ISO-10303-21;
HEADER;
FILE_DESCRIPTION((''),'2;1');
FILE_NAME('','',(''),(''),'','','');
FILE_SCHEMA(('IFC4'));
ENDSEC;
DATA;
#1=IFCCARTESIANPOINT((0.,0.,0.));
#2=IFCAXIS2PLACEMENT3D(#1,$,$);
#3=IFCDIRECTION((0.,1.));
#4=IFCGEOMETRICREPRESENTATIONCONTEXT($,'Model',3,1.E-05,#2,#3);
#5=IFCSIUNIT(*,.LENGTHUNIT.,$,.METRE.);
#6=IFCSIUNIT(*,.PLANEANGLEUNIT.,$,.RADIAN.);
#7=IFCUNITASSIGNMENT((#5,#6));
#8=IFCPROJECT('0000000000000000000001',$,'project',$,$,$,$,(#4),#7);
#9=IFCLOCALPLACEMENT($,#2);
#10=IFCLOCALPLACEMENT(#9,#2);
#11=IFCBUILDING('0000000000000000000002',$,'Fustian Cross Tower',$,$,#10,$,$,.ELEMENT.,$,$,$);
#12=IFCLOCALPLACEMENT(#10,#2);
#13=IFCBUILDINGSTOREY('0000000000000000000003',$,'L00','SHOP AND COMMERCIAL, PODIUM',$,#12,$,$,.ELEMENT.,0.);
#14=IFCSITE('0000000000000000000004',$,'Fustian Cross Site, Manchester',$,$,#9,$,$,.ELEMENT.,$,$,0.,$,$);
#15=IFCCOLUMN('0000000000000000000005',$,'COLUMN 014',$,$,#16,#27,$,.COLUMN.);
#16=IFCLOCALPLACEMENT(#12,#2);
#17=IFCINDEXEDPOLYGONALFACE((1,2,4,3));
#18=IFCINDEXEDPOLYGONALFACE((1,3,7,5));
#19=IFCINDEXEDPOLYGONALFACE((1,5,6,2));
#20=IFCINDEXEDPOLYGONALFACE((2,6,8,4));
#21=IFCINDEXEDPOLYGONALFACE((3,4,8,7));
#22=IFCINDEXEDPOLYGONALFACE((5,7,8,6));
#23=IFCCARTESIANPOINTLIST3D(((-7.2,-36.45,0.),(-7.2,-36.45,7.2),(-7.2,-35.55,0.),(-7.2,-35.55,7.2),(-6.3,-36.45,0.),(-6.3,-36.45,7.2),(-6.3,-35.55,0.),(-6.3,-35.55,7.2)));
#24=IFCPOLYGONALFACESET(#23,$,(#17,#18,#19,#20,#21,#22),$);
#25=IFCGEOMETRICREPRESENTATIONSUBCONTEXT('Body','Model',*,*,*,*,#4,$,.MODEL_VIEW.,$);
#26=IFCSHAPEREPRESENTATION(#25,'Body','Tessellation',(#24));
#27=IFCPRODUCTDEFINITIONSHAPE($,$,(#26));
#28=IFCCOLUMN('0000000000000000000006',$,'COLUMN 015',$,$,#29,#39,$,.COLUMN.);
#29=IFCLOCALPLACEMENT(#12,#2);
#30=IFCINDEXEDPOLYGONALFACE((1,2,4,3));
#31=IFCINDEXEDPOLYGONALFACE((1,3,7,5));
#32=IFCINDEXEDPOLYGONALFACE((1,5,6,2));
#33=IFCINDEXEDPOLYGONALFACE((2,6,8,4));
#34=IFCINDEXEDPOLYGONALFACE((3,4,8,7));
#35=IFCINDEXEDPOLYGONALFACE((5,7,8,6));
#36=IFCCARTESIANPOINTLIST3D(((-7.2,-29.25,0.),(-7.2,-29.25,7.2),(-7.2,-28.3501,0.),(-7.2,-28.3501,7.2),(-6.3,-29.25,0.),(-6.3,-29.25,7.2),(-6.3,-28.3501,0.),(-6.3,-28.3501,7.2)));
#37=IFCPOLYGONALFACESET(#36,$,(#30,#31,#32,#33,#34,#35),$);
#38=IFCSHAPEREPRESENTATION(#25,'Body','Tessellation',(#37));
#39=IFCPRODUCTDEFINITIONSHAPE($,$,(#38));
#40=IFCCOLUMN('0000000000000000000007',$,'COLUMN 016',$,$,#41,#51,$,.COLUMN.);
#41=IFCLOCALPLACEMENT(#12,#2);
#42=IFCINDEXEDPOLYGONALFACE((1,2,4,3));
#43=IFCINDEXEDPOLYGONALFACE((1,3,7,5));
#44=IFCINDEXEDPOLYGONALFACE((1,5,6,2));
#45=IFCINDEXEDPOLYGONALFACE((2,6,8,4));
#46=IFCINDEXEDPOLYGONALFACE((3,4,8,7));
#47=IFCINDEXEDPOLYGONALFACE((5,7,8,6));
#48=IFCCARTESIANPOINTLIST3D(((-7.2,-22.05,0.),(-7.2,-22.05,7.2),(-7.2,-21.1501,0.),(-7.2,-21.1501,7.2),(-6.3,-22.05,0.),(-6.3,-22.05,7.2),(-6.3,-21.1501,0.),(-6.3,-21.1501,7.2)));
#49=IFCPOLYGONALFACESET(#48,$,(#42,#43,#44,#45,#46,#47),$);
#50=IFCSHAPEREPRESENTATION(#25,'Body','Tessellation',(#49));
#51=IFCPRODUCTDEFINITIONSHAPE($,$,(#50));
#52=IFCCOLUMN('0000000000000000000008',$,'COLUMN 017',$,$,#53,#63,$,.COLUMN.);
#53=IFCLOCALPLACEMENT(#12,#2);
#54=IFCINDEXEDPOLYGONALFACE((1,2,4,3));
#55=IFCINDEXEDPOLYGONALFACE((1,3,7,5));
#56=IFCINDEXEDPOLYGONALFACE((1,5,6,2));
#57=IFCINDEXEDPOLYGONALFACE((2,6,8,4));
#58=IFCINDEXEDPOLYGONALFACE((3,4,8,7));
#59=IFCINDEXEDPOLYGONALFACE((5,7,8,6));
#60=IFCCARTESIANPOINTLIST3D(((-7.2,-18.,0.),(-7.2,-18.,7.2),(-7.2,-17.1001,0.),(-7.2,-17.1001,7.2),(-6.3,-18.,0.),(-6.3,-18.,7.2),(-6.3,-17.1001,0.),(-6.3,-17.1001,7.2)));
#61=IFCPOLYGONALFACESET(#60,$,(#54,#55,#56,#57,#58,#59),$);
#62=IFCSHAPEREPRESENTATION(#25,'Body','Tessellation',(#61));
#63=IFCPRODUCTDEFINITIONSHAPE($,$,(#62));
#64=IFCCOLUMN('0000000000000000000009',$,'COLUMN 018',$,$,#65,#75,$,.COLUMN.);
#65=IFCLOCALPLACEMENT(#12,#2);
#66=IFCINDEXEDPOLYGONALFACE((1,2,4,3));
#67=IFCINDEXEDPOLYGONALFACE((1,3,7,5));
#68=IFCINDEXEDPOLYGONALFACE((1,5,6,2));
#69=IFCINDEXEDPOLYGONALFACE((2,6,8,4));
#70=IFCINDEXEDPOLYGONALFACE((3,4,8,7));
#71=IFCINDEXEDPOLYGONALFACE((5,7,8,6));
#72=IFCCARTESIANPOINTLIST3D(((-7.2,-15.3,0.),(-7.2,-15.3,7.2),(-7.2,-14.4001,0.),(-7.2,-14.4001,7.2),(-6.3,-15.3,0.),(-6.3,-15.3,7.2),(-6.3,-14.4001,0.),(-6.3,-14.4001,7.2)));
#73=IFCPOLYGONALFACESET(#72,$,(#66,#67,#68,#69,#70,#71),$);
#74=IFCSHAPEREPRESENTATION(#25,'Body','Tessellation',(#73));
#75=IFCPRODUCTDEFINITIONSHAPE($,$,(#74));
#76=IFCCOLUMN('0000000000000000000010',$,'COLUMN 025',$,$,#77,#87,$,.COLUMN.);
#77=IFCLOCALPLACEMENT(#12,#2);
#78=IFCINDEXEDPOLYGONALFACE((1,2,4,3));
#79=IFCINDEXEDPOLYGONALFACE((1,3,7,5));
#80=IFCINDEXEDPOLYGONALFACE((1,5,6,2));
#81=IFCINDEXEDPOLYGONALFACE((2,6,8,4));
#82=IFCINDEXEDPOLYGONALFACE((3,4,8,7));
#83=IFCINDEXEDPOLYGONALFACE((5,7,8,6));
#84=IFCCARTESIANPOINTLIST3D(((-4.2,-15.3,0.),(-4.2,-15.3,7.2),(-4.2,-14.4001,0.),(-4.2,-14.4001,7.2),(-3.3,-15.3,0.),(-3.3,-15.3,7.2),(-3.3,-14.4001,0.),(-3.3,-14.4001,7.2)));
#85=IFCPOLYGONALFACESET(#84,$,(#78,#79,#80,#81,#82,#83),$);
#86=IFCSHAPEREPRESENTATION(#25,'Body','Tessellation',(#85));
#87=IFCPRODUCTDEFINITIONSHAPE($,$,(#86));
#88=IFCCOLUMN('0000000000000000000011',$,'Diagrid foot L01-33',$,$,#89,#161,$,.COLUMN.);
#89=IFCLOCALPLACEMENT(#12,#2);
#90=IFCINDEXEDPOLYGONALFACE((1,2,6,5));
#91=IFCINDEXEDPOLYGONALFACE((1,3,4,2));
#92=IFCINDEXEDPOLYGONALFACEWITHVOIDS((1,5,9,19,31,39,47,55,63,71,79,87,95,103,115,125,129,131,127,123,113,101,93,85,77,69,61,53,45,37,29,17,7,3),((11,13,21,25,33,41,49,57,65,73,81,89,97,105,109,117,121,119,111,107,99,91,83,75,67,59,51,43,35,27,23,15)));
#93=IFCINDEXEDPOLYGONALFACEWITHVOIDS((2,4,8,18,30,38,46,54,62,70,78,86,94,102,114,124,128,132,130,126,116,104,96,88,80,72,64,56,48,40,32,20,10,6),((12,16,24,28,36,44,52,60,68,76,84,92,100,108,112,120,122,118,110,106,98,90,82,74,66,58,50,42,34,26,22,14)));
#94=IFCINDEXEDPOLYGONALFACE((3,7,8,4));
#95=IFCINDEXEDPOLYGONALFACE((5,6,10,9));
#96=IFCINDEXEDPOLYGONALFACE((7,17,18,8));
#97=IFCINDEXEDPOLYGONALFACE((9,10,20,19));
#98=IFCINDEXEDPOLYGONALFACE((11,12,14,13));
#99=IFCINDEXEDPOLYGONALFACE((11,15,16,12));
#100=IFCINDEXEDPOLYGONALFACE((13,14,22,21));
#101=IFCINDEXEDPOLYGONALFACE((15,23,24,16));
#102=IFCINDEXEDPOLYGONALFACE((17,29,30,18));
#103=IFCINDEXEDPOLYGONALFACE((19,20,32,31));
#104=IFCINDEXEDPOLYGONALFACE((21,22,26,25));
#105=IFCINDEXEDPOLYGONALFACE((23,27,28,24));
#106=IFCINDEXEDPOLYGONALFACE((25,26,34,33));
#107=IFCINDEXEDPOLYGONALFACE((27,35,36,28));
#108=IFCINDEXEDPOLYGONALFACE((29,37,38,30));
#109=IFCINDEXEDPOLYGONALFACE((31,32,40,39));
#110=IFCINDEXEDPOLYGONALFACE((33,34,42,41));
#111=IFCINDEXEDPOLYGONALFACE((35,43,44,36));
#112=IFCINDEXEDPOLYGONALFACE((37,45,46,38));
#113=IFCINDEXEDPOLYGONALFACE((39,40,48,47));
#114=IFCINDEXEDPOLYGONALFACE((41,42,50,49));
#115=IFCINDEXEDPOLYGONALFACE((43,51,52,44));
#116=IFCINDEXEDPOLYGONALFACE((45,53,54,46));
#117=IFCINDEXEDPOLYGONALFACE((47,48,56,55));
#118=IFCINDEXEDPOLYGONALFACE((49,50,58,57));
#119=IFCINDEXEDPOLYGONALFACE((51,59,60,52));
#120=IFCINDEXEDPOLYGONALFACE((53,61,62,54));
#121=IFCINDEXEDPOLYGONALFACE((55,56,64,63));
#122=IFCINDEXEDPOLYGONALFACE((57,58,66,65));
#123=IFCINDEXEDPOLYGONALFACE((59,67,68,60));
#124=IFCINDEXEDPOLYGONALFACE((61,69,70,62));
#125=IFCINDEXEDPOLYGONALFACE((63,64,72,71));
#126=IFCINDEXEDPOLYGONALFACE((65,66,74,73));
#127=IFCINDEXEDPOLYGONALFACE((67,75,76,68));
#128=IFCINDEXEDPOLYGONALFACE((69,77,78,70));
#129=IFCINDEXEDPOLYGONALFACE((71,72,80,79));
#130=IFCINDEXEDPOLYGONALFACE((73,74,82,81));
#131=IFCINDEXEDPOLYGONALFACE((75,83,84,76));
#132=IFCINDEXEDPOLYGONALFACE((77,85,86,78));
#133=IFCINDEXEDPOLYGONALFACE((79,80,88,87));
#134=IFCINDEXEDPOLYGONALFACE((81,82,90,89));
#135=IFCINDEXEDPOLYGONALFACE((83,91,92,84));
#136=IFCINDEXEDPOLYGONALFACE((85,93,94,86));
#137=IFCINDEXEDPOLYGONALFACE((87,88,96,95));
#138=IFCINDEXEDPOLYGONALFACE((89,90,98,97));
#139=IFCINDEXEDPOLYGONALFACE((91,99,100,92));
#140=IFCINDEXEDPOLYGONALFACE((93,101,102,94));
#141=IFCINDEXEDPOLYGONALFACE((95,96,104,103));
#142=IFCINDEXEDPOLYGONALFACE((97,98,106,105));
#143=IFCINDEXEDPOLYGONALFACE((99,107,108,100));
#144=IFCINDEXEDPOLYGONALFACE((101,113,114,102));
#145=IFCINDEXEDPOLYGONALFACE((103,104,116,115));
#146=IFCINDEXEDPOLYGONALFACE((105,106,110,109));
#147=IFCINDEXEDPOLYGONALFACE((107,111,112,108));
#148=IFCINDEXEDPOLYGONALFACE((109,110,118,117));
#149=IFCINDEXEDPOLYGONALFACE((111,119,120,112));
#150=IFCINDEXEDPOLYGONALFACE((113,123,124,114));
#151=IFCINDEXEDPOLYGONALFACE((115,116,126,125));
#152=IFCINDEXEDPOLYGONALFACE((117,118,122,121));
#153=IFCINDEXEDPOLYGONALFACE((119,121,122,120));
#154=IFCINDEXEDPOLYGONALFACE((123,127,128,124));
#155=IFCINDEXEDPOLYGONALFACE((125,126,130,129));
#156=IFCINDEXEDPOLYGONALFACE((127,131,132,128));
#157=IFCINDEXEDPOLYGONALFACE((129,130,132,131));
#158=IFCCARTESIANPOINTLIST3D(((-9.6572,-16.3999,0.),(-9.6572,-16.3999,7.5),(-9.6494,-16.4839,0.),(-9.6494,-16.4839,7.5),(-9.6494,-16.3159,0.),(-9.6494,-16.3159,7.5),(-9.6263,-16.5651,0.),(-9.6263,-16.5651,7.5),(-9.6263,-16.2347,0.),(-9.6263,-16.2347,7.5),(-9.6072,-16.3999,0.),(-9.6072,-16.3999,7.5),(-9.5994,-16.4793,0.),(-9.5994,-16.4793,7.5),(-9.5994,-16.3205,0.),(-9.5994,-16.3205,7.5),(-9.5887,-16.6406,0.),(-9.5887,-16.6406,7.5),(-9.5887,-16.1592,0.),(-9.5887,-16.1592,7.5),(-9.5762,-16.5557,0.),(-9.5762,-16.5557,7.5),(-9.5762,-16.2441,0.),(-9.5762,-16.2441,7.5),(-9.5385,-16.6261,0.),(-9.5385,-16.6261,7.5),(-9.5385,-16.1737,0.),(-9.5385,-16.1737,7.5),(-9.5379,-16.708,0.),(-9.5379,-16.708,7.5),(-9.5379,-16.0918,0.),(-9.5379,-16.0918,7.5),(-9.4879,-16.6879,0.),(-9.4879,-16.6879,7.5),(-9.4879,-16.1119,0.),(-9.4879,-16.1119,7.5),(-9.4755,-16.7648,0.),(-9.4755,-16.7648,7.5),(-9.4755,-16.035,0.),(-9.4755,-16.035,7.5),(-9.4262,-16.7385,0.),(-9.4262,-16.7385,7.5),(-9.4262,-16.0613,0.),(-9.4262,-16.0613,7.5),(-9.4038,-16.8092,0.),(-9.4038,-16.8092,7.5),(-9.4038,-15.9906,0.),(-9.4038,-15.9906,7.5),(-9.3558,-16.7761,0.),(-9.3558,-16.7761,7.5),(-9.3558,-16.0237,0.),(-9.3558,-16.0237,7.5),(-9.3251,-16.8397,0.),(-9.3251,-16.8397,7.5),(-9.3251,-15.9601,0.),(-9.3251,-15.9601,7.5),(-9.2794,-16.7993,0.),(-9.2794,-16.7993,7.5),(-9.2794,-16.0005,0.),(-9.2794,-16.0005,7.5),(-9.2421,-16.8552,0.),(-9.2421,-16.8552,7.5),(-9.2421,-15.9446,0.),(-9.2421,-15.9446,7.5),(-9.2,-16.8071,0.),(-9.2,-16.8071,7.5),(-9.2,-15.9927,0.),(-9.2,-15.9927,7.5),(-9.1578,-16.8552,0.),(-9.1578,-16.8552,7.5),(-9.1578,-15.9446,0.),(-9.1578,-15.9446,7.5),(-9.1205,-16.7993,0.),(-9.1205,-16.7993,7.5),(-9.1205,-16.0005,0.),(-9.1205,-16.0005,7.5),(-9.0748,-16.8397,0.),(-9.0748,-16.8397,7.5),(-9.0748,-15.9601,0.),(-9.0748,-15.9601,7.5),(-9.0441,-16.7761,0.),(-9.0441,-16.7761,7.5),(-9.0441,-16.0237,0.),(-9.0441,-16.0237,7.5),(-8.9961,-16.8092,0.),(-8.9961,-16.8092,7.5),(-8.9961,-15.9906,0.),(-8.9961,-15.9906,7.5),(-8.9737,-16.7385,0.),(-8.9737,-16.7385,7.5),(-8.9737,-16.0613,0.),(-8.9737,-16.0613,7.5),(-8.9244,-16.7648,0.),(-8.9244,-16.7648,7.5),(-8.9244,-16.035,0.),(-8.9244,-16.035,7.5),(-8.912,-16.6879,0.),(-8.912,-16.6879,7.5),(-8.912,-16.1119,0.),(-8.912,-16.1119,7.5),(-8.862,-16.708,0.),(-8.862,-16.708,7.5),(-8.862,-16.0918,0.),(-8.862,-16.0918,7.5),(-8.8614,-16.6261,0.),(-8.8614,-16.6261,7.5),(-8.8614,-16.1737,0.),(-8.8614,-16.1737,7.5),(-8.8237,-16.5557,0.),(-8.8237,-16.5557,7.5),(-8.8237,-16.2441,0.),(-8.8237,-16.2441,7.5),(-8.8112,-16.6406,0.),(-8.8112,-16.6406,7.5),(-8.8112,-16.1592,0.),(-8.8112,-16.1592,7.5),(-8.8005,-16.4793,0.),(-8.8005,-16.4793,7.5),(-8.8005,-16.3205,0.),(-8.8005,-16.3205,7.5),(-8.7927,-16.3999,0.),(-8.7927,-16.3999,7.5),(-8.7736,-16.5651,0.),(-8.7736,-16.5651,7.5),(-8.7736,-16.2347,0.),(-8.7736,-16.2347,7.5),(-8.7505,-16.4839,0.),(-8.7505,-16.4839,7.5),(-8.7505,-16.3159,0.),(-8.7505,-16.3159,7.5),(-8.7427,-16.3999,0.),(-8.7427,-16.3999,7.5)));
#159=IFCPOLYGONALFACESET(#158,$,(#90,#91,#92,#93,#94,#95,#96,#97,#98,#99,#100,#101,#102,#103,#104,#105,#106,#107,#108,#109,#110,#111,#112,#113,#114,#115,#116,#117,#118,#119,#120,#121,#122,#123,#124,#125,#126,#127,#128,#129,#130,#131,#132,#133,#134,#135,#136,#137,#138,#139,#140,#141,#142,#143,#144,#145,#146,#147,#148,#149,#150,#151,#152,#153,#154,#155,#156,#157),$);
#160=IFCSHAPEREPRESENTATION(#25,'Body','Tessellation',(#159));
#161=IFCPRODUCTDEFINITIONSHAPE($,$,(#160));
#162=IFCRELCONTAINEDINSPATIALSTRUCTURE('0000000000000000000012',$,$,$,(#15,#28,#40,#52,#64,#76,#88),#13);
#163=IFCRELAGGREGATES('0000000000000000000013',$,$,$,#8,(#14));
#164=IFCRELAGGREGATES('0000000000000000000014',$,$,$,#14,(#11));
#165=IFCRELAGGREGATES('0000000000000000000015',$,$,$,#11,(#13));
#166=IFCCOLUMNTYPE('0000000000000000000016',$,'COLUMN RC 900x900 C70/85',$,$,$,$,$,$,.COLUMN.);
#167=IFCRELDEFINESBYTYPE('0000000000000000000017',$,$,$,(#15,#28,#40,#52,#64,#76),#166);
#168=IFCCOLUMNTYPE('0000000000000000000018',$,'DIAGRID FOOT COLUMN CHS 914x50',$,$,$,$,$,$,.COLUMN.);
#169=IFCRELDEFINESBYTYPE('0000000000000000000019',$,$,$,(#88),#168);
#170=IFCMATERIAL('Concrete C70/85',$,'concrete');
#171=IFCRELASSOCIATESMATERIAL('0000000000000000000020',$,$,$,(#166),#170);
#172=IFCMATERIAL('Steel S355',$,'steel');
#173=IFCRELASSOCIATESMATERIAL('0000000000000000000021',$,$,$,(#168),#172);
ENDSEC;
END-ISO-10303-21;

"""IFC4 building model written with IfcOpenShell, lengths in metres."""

from ifc_helpers import new_model, si_unit, direction, frame, origin, origin_2d, place, context, subcontext, project, spatial, rectangle, hollow_circle, extrude, material, material_profile, profile_set, type_object, element, save


model = new_model("IFC4")

# Units and contexts
model_context = context("Model", 3, precision=1e-05, world=origin(), true_north=direction((0.0, 1.0)))
body_context = subcontext(model_context, "Body", "Model", "MODEL_VIEW")
ifc_project = project(units=[si_unit("LENGTHUNIT", "METRE"), si_unit("PLANEANGLEUNIT", "RADIAN")], contexts=[model_context])

# Site, building, storey
site_placement = place(None, origin())
site = spatial("IfcSite", under=ifc_project, at=site_placement, Name="Fustian Cross Site, Manchester", CompositionType="ELEMENT", RefElevation=0.0)
building_placement = place(site_placement, origin())
building = spatial("IfcBuilding", under=site, at=building_placement, Name="Fustian Cross Tower", CompositionType="ELEMENT")
storey_placement = place(building_placement, origin())
storey = spatial("IfcBuildingStorey", under=building, at=storey_placement, Name="L00", Description="SHOP AND COMMERCIAL, PODIUM", CompositionType="ELEMENT", Elevation=0.0)

# Columns
ifc_material_1 = material(Name="Concrete C70/85", Category="concrete")
ifc_material_profile_1 = material_profile(ifc_material_1, rectangle(XDim=0.8999, YDim=0.8999, at=origin_2d()), Name="RC 900x900")
ifc_profile_set_1 = profile_set([ifc_material_profile_1], Name="Concrete C70/85")
column_type_1 = type_object("IfcColumnType", Name="COLUMN RC 900x900 C70/85", PredefinedType="COLUMN", material=ifc_profile_set_1)
for number, where, z_axis, x_axis, name in (
    (1, (-6.75, -36.0, 0.0), (0.0, 0.0, 1.0), (1.0, 0.0, 0.0), "COLUMN 014"),
    (2, (-6.75, -28.8, 0.0), (0.0, 0.0, 1.0), (1.0, 0.0, 0.0), "COLUMN 015"),
    (3, (-6.75, -21.6001, 0.0), (0.0, 0.0, 1.0), (1.0, 0.0, 0.0), "COLUMN 016"),
    (4, (-6.75, -17.55, 0.0), (0.0, 0.0, 1.0), (1.0, 0.0, 0.0), "COLUMN 017"),
    (5, (-6.75, -14.8501, 0.0), (0.0, 0.0, 1.0), (1.0, 0.0, 0.0), "COLUMN 018"),
    (6, (-3.75, -14.8501, 0.0), (0.0, 0.0, 1.0), (1.0, 0.0, 0.0), "COLUMN 025"),
):
    element("IfcColumn", number, at=place(storey_placement, frame(where, z_axis=z_axis, x_axis=x_axis)), inside=storey, type_object=column_type_1, Name=name, PredefinedType="COLUMN", context=body_context, shape_type="SweptSolid", body=[
        extrude(rectangle(XDim=0.8999, YDim=0.8999, at=origin_2d()), origin(), (0.0, 0.0, 1.0), 7.2),
    ])
ifc_material_2 = material(Name="Steel S355", Category="steel")
ifc_material_profile_2 = material_profile(ifc_material_2, hollow_circle(Radius=0.4573, WallThickness=0.05, at=origin_2d()), Name="CHS 914x50")
ifc_profile_set_2 = profile_set([ifc_material_profile_2], Name="Steel S355")
column_type_2 = type_object("IfcColumnType", Name="DIAGRID FOOT COLUMN CHS 914x50", PredefinedType="COLUMN", material=ifc_profile_set_2)
for number, where, z_axis, x_axis, name in (
    (7, (-9.2, -16.3999, 0.0), (0.0, 0.0, 1.0), (1.0, 0.0, 0.0), "Diagrid foot L01-33"),
):
    element("IfcColumn", number, at=place(storey_placement, frame(where, z_axis=z_axis, x_axis=x_axis)), inside=storey, type_object=column_type_2, Name=name, PredefinedType="COLUMN", context=body_context, shape_type="SweptSolid", body=[
        extrude(hollow_circle(Radius=0.4573, WallThickness=0.05, at=origin_2d()), origin(), (0.0, 0.0, 1.0), 7.5),
    ])

save(model, "model.ifc")
